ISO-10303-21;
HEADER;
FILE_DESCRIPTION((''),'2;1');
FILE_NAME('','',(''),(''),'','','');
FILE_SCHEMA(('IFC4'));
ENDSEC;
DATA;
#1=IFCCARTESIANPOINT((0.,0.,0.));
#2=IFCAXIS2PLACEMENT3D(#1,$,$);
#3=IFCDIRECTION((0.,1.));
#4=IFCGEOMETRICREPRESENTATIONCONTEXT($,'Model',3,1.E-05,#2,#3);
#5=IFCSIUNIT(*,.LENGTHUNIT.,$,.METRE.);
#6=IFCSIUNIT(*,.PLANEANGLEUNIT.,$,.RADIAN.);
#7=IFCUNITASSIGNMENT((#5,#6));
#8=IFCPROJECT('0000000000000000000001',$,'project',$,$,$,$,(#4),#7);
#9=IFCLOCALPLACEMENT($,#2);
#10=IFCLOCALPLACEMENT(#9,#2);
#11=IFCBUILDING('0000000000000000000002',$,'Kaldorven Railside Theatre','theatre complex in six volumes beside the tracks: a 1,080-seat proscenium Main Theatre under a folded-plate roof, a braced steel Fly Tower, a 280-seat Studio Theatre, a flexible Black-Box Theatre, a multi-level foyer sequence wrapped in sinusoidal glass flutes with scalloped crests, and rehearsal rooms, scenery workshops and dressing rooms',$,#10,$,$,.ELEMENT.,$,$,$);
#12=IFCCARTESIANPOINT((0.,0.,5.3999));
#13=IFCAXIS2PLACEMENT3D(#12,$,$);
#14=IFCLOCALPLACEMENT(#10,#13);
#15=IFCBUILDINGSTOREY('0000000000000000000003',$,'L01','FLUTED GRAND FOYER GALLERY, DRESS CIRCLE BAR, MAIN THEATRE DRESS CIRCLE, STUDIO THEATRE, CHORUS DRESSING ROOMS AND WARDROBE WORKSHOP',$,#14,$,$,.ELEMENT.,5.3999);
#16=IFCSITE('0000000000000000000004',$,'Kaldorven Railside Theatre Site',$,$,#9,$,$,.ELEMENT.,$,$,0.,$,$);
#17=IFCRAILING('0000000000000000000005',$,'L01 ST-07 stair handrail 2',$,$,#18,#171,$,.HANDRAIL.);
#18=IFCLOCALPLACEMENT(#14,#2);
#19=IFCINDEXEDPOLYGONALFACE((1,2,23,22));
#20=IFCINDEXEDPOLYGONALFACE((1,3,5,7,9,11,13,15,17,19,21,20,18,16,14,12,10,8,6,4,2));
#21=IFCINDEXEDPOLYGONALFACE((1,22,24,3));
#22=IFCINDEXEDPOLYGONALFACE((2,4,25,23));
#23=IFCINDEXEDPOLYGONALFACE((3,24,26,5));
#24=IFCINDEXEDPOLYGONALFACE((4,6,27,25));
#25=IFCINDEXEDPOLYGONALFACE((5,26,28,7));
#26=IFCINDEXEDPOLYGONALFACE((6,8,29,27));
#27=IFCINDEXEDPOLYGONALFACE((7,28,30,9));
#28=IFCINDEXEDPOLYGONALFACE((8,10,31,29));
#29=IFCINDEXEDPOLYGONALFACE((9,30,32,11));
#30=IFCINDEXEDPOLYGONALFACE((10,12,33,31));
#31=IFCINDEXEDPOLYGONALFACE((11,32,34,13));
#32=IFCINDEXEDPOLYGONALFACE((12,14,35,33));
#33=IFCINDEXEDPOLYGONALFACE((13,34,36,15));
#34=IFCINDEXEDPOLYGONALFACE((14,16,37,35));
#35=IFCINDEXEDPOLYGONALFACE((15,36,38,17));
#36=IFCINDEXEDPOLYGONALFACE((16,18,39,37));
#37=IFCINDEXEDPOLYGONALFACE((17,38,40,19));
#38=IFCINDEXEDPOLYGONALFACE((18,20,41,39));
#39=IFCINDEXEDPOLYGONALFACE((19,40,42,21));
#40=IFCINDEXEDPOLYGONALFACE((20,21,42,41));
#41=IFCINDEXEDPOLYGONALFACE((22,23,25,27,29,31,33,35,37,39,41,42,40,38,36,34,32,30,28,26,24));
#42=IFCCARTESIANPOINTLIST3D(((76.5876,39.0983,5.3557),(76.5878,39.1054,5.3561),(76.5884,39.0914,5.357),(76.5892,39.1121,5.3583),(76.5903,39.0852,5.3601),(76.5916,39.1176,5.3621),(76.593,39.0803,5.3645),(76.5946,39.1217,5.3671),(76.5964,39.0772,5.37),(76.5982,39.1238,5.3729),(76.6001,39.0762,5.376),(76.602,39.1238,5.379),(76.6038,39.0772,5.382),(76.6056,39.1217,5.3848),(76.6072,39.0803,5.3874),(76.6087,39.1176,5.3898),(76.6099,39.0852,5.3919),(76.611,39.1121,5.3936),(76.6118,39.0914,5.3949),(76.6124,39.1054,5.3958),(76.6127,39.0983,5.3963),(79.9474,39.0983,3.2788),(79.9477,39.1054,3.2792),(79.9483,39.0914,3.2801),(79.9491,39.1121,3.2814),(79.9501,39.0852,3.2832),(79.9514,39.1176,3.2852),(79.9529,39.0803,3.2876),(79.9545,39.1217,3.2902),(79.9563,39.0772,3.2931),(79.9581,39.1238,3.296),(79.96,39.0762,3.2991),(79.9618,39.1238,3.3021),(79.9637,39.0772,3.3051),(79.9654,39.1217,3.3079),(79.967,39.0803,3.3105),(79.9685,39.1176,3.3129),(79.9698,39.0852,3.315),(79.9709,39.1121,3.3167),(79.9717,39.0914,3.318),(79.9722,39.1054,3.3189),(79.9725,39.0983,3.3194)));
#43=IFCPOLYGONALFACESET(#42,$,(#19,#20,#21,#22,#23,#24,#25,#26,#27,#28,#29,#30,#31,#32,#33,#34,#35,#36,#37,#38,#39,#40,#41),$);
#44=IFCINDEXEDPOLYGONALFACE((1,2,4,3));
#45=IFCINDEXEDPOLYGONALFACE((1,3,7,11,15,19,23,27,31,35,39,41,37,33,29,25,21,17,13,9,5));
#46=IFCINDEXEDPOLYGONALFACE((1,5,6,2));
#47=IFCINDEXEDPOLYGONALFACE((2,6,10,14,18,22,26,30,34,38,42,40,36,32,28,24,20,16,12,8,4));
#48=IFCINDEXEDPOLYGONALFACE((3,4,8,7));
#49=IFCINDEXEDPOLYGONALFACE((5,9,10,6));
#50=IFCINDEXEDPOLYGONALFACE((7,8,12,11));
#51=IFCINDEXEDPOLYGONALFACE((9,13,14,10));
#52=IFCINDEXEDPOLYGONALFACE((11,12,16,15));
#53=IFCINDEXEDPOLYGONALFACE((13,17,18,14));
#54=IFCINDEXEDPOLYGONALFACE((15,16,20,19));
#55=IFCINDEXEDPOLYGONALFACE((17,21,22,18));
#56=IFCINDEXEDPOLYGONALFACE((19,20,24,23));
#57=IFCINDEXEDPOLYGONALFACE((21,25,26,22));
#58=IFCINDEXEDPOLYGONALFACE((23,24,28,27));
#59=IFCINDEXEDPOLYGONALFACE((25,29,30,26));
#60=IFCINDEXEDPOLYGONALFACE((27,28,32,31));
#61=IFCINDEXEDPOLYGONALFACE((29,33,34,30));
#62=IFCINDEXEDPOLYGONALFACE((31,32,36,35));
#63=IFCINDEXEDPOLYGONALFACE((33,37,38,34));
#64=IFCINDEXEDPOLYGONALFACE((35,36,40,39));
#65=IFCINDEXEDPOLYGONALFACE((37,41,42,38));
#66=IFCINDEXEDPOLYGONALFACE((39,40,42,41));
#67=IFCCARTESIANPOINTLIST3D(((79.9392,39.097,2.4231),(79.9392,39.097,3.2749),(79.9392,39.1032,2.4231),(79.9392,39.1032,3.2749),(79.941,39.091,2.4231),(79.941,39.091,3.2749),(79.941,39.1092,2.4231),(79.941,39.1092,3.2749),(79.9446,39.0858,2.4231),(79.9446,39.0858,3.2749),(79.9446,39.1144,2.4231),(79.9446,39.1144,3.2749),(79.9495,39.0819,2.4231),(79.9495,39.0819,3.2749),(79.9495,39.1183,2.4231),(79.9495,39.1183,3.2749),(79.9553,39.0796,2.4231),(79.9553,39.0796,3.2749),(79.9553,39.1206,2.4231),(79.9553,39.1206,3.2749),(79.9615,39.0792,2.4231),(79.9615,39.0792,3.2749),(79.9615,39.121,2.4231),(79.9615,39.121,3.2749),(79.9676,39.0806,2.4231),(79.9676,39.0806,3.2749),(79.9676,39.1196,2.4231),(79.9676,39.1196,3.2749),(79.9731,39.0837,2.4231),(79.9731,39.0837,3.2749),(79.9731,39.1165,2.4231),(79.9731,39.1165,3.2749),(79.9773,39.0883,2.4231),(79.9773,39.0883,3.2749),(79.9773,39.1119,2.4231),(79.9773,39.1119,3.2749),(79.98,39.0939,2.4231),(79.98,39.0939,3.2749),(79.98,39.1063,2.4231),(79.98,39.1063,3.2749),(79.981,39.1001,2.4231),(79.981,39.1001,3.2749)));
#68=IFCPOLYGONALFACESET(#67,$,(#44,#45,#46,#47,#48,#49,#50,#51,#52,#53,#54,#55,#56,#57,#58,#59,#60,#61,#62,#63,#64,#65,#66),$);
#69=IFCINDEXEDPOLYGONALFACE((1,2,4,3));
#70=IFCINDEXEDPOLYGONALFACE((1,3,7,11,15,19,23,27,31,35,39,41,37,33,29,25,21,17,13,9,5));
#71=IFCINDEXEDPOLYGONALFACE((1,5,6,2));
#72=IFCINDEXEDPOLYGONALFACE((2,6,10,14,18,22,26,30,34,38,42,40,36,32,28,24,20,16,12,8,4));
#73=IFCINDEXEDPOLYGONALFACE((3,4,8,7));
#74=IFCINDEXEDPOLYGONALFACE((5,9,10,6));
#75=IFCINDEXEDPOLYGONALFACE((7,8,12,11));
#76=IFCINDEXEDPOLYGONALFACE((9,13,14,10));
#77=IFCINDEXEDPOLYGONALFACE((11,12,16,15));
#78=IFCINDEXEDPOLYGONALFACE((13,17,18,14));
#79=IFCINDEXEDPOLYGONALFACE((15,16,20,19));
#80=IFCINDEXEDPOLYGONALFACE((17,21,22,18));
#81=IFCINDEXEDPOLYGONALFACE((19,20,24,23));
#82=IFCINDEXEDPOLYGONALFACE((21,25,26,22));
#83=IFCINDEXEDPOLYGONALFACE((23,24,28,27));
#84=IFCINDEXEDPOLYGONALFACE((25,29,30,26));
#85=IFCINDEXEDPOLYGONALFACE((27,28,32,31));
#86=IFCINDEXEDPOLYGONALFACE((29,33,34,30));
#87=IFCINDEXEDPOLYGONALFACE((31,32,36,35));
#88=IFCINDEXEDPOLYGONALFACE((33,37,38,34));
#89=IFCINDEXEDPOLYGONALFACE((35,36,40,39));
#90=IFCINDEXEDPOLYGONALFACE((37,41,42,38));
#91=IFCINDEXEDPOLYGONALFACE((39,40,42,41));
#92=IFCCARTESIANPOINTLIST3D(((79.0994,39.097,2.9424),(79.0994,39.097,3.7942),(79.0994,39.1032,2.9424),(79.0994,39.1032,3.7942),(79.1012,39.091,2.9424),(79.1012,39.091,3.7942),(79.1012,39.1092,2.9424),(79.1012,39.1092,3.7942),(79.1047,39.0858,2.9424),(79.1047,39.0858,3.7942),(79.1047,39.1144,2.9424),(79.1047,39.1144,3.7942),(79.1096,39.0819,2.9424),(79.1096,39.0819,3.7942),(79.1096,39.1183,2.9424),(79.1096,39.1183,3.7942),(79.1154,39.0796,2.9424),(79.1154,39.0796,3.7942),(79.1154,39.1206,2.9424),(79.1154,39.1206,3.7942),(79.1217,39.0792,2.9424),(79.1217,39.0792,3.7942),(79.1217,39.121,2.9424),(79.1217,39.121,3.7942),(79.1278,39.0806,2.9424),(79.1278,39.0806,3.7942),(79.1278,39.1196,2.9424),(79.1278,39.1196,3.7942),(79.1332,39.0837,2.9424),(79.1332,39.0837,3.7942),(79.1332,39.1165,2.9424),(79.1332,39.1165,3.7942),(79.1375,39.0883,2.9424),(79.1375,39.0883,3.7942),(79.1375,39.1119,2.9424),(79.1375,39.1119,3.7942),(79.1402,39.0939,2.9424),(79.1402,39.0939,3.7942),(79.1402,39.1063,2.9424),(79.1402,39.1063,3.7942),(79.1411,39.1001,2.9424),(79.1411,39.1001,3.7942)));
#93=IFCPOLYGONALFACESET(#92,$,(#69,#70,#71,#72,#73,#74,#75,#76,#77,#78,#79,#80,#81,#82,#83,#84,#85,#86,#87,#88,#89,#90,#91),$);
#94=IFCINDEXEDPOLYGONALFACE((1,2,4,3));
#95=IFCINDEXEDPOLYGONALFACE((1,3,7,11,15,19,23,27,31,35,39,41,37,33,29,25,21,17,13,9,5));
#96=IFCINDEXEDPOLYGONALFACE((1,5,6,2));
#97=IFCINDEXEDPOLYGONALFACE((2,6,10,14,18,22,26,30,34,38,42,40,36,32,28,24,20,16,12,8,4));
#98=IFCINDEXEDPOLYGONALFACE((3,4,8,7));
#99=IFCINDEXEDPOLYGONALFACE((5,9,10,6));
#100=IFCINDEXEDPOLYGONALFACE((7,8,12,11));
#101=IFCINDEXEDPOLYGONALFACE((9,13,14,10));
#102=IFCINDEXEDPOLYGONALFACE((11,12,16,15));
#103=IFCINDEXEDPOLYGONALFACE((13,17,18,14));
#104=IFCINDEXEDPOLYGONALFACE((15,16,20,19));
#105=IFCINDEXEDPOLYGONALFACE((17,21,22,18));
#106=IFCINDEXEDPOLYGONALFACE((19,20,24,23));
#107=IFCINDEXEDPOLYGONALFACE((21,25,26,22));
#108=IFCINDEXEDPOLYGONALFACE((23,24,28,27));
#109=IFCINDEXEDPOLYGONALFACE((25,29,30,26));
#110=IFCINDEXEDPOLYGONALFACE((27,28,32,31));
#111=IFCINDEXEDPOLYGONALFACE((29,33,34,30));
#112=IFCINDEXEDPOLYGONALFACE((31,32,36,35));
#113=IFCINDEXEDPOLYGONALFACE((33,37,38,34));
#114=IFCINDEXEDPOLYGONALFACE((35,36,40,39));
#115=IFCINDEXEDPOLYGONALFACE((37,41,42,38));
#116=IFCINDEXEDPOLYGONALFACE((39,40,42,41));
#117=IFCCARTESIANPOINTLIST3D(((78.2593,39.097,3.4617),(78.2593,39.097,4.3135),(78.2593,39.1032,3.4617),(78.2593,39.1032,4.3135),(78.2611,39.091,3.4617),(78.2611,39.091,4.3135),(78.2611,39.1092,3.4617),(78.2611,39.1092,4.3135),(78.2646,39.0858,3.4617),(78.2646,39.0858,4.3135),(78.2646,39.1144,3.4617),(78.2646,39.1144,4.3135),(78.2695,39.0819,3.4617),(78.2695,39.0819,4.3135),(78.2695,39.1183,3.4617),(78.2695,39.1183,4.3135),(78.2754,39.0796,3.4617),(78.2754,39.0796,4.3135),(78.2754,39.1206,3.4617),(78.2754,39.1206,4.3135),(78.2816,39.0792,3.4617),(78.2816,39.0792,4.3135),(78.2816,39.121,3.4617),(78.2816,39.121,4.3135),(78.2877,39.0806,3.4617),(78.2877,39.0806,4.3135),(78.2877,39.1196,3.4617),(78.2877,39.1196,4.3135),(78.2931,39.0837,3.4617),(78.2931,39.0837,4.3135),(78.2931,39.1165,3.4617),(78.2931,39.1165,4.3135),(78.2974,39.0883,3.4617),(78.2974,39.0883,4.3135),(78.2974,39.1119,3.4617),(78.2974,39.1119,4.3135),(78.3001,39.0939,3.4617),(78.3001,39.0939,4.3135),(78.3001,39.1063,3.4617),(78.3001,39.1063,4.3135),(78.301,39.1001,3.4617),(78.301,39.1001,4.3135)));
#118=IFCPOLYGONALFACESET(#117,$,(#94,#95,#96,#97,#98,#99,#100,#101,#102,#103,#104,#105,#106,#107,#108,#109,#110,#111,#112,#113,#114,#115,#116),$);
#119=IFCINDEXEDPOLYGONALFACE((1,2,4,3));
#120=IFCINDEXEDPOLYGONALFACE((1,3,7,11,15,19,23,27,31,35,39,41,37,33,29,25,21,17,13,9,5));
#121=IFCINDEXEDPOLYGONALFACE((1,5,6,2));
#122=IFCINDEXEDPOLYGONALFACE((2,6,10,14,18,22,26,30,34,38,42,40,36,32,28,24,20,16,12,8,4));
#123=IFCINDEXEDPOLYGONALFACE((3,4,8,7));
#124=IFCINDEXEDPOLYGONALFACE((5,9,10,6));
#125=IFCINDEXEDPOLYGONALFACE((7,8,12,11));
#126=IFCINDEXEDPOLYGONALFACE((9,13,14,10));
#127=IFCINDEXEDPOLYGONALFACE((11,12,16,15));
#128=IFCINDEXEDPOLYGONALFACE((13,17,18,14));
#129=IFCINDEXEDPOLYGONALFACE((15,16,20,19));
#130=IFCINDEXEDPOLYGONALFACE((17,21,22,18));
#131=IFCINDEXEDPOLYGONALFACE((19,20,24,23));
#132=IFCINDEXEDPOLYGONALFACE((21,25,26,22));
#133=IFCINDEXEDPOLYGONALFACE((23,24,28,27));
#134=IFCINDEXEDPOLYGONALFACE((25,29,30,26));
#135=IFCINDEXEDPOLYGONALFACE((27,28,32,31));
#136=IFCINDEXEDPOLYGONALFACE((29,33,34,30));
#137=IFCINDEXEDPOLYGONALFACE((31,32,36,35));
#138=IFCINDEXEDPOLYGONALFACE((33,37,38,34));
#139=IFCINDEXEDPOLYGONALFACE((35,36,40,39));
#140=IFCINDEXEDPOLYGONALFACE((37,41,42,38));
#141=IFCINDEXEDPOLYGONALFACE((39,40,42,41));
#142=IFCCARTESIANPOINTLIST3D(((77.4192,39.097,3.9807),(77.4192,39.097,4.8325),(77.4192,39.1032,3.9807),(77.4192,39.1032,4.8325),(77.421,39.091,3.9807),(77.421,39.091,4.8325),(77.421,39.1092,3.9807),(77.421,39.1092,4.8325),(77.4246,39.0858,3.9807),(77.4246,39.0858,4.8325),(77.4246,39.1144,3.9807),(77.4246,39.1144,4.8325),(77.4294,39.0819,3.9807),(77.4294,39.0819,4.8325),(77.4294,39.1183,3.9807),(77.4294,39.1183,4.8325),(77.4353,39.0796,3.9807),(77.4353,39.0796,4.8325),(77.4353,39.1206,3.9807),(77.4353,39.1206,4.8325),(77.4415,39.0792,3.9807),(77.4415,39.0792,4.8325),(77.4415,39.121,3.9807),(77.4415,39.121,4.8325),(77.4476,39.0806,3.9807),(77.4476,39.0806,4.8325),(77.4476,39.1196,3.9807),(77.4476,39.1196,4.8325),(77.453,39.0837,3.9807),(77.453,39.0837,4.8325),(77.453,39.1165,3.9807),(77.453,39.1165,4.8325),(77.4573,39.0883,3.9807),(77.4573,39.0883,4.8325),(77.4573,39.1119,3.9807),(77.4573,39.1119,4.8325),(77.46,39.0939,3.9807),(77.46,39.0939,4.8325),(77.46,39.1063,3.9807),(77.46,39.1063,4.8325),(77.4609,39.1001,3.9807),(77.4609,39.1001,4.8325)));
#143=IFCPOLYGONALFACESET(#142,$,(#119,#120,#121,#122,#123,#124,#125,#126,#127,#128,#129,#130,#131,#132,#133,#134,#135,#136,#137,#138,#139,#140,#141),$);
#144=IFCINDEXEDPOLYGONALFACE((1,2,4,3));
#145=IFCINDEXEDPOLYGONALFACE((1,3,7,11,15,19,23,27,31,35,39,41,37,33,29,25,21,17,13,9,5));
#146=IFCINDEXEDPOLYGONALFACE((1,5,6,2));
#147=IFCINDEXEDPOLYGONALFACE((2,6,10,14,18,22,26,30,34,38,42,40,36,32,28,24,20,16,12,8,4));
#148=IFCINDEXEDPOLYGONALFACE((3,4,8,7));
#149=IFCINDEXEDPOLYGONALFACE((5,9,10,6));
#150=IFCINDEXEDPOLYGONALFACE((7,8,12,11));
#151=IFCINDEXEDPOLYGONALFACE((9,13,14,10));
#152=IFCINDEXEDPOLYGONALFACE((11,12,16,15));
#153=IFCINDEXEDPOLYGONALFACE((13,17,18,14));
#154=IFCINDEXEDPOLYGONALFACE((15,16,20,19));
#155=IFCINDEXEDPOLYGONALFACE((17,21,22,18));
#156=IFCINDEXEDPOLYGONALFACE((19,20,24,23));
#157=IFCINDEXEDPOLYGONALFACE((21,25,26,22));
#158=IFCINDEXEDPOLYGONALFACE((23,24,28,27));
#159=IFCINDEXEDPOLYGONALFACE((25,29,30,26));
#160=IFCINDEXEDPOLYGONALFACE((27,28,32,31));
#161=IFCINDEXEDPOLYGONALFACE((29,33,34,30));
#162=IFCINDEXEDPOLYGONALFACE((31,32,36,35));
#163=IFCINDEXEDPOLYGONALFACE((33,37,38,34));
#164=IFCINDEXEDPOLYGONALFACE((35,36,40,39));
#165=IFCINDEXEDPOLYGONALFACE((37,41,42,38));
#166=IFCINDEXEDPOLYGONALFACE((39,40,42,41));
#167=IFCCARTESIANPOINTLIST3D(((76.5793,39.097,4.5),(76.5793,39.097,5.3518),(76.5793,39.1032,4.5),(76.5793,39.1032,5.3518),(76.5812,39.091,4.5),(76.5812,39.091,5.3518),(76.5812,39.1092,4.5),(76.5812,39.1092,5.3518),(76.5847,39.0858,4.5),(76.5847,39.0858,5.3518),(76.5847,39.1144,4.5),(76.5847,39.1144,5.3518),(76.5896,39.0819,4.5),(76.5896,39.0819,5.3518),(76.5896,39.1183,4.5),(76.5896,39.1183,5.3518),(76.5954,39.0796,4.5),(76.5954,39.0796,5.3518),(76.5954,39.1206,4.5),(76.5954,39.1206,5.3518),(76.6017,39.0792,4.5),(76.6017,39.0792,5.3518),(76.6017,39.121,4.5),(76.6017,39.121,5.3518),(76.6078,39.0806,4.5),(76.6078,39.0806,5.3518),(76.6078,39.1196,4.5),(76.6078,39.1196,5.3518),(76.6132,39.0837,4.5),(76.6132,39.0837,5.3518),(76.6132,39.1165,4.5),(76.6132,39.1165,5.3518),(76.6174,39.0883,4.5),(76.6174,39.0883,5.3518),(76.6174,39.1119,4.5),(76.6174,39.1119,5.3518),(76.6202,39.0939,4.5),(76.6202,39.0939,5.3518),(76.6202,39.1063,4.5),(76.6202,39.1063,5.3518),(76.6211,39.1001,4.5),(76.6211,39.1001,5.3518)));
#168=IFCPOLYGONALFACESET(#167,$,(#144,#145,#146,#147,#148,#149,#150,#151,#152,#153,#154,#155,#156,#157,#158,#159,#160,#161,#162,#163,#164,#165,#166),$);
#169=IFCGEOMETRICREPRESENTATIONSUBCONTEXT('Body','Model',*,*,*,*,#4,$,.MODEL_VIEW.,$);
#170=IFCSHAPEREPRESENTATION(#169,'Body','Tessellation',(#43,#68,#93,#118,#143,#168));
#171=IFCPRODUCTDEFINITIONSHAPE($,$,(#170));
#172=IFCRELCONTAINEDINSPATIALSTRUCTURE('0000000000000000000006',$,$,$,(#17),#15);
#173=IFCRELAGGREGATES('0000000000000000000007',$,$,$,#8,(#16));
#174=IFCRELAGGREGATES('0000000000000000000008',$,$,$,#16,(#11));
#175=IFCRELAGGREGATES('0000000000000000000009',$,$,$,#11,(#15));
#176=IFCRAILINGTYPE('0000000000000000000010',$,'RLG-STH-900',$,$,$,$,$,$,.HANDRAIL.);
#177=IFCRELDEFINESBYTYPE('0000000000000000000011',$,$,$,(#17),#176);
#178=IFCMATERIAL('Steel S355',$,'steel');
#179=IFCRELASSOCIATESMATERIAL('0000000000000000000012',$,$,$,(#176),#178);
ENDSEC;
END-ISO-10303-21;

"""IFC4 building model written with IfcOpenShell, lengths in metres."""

from ifc_helpers import new_model, si_unit, direction, frame, origin, origin_2d, place, context, subcontext, project, spatial, circle, extrude, material, type_object, element, save


model = new_model("IFC4")

# Units and contexts
model_context = context("Model", 3, precision=1e-05, world=origin(), true_north=direction((0.0, 1.0)))
body_context = subcontext(model_context, "Body", "Model", "MODEL_VIEW")
ifc_project = project(units=[si_unit("LENGTHUNIT", "METRE"), si_unit("PLANEANGLEUNIT", "RADIAN")], contexts=[model_context])

# Site, building, storey
site_placement = place(None, origin())
site = spatial("IfcSite", under=ifc_project, at=site_placement, Name="Kaldorven Railside Theatre Site", CompositionType="ELEMENT", RefElevation=0.0)
building_placement = place(site_placement, origin())
building = spatial("IfcBuilding", under=site, at=building_placement, Name="Kaldorven Railside Theatre", Description="theatre complex in six volumes beside the tracks: a 1,080-seat proscenium Main Theatre under a folded-plate roof, a braced steel Fly Tower, a 280-seat Studio Theatre, a flexible Black-Box Theatre, a multi-level foyer sequence wrapped in sinusoidal glass flutes with scalloped crests, and rehearsal rooms, scenery workshops and dressing rooms", CompositionType="ELEMENT")
storey_placement = place(building_placement, frame((0.0, 0.0, 5.3999)))
storey = spatial("IfcBuildingStorey", under=building, at=storey_placement, Name="L01", Description="FLUTED GRAND FOYER GALLERY, DRESS CIRCLE BAR, MAIN THEATRE DRESS CIRCLE, STUDIO THEATRE, CHORUS DRESSING ROOMS AND WARDROBE WORKSHOP", CompositionType="ELEMENT", Elevation=5.3999)

# Railing
ifc_material_1 = material(Name="Steel S355", Category="steel")
railing_type_1 = type_object("IfcRailingType", Name="RLG-STH-900", PredefinedType="HANDRAIL", material=ifc_material_1)
railing_1_placement = place(storey_placement, frame((79.96, 39.1001, 2.4231)))
element("IfcRailing", 1, at=railing_1_placement, inside=storey, type_object=railing_type_1, Name="L01 ST-07 stair handrail 2", PredefinedType="HANDRAIL", context=body_context, shape_type="SweptSolid", body=[
    extrude(circle(Radius=0.0239, at=origin_2d()), frame((0.0, 0.0, 0.876), z_axis=(-0.850606, 0.0, 0.525803), x_axis=(0.0, -1.0, 0.0)), (0.0, 0.0, 1.0), 3.95),
    extrude(circle(Radius=0.021, at=origin_2d()), origin(), (0.0, 0.0, 1.0), 0.8518),
    extrude(circle(Radius=0.021, at=origin_2d()), frame((-0.8398, 0.0, 0.5193)), (0.0, 0.0, 1.0), 0.8518),
    extrude(circle(Radius=0.021, at=origin_2d()), frame((-1.6799, 0.0, 1.0386)), (0.0, 0.0, 1.0), 0.8518),
    extrude(circle(Radius=0.021, at=origin_2d()), frame((-2.52, 0.0, 1.5576)), (0.0, 0.0, 1.0), 0.8518),
    extrude(circle(Radius=0.021, at=origin_2d()), frame((-3.3599, 0.0, 2.0769)), (0.0, 0.0, 1.0), 0.8518),
])

save(model, "model.ifc")
